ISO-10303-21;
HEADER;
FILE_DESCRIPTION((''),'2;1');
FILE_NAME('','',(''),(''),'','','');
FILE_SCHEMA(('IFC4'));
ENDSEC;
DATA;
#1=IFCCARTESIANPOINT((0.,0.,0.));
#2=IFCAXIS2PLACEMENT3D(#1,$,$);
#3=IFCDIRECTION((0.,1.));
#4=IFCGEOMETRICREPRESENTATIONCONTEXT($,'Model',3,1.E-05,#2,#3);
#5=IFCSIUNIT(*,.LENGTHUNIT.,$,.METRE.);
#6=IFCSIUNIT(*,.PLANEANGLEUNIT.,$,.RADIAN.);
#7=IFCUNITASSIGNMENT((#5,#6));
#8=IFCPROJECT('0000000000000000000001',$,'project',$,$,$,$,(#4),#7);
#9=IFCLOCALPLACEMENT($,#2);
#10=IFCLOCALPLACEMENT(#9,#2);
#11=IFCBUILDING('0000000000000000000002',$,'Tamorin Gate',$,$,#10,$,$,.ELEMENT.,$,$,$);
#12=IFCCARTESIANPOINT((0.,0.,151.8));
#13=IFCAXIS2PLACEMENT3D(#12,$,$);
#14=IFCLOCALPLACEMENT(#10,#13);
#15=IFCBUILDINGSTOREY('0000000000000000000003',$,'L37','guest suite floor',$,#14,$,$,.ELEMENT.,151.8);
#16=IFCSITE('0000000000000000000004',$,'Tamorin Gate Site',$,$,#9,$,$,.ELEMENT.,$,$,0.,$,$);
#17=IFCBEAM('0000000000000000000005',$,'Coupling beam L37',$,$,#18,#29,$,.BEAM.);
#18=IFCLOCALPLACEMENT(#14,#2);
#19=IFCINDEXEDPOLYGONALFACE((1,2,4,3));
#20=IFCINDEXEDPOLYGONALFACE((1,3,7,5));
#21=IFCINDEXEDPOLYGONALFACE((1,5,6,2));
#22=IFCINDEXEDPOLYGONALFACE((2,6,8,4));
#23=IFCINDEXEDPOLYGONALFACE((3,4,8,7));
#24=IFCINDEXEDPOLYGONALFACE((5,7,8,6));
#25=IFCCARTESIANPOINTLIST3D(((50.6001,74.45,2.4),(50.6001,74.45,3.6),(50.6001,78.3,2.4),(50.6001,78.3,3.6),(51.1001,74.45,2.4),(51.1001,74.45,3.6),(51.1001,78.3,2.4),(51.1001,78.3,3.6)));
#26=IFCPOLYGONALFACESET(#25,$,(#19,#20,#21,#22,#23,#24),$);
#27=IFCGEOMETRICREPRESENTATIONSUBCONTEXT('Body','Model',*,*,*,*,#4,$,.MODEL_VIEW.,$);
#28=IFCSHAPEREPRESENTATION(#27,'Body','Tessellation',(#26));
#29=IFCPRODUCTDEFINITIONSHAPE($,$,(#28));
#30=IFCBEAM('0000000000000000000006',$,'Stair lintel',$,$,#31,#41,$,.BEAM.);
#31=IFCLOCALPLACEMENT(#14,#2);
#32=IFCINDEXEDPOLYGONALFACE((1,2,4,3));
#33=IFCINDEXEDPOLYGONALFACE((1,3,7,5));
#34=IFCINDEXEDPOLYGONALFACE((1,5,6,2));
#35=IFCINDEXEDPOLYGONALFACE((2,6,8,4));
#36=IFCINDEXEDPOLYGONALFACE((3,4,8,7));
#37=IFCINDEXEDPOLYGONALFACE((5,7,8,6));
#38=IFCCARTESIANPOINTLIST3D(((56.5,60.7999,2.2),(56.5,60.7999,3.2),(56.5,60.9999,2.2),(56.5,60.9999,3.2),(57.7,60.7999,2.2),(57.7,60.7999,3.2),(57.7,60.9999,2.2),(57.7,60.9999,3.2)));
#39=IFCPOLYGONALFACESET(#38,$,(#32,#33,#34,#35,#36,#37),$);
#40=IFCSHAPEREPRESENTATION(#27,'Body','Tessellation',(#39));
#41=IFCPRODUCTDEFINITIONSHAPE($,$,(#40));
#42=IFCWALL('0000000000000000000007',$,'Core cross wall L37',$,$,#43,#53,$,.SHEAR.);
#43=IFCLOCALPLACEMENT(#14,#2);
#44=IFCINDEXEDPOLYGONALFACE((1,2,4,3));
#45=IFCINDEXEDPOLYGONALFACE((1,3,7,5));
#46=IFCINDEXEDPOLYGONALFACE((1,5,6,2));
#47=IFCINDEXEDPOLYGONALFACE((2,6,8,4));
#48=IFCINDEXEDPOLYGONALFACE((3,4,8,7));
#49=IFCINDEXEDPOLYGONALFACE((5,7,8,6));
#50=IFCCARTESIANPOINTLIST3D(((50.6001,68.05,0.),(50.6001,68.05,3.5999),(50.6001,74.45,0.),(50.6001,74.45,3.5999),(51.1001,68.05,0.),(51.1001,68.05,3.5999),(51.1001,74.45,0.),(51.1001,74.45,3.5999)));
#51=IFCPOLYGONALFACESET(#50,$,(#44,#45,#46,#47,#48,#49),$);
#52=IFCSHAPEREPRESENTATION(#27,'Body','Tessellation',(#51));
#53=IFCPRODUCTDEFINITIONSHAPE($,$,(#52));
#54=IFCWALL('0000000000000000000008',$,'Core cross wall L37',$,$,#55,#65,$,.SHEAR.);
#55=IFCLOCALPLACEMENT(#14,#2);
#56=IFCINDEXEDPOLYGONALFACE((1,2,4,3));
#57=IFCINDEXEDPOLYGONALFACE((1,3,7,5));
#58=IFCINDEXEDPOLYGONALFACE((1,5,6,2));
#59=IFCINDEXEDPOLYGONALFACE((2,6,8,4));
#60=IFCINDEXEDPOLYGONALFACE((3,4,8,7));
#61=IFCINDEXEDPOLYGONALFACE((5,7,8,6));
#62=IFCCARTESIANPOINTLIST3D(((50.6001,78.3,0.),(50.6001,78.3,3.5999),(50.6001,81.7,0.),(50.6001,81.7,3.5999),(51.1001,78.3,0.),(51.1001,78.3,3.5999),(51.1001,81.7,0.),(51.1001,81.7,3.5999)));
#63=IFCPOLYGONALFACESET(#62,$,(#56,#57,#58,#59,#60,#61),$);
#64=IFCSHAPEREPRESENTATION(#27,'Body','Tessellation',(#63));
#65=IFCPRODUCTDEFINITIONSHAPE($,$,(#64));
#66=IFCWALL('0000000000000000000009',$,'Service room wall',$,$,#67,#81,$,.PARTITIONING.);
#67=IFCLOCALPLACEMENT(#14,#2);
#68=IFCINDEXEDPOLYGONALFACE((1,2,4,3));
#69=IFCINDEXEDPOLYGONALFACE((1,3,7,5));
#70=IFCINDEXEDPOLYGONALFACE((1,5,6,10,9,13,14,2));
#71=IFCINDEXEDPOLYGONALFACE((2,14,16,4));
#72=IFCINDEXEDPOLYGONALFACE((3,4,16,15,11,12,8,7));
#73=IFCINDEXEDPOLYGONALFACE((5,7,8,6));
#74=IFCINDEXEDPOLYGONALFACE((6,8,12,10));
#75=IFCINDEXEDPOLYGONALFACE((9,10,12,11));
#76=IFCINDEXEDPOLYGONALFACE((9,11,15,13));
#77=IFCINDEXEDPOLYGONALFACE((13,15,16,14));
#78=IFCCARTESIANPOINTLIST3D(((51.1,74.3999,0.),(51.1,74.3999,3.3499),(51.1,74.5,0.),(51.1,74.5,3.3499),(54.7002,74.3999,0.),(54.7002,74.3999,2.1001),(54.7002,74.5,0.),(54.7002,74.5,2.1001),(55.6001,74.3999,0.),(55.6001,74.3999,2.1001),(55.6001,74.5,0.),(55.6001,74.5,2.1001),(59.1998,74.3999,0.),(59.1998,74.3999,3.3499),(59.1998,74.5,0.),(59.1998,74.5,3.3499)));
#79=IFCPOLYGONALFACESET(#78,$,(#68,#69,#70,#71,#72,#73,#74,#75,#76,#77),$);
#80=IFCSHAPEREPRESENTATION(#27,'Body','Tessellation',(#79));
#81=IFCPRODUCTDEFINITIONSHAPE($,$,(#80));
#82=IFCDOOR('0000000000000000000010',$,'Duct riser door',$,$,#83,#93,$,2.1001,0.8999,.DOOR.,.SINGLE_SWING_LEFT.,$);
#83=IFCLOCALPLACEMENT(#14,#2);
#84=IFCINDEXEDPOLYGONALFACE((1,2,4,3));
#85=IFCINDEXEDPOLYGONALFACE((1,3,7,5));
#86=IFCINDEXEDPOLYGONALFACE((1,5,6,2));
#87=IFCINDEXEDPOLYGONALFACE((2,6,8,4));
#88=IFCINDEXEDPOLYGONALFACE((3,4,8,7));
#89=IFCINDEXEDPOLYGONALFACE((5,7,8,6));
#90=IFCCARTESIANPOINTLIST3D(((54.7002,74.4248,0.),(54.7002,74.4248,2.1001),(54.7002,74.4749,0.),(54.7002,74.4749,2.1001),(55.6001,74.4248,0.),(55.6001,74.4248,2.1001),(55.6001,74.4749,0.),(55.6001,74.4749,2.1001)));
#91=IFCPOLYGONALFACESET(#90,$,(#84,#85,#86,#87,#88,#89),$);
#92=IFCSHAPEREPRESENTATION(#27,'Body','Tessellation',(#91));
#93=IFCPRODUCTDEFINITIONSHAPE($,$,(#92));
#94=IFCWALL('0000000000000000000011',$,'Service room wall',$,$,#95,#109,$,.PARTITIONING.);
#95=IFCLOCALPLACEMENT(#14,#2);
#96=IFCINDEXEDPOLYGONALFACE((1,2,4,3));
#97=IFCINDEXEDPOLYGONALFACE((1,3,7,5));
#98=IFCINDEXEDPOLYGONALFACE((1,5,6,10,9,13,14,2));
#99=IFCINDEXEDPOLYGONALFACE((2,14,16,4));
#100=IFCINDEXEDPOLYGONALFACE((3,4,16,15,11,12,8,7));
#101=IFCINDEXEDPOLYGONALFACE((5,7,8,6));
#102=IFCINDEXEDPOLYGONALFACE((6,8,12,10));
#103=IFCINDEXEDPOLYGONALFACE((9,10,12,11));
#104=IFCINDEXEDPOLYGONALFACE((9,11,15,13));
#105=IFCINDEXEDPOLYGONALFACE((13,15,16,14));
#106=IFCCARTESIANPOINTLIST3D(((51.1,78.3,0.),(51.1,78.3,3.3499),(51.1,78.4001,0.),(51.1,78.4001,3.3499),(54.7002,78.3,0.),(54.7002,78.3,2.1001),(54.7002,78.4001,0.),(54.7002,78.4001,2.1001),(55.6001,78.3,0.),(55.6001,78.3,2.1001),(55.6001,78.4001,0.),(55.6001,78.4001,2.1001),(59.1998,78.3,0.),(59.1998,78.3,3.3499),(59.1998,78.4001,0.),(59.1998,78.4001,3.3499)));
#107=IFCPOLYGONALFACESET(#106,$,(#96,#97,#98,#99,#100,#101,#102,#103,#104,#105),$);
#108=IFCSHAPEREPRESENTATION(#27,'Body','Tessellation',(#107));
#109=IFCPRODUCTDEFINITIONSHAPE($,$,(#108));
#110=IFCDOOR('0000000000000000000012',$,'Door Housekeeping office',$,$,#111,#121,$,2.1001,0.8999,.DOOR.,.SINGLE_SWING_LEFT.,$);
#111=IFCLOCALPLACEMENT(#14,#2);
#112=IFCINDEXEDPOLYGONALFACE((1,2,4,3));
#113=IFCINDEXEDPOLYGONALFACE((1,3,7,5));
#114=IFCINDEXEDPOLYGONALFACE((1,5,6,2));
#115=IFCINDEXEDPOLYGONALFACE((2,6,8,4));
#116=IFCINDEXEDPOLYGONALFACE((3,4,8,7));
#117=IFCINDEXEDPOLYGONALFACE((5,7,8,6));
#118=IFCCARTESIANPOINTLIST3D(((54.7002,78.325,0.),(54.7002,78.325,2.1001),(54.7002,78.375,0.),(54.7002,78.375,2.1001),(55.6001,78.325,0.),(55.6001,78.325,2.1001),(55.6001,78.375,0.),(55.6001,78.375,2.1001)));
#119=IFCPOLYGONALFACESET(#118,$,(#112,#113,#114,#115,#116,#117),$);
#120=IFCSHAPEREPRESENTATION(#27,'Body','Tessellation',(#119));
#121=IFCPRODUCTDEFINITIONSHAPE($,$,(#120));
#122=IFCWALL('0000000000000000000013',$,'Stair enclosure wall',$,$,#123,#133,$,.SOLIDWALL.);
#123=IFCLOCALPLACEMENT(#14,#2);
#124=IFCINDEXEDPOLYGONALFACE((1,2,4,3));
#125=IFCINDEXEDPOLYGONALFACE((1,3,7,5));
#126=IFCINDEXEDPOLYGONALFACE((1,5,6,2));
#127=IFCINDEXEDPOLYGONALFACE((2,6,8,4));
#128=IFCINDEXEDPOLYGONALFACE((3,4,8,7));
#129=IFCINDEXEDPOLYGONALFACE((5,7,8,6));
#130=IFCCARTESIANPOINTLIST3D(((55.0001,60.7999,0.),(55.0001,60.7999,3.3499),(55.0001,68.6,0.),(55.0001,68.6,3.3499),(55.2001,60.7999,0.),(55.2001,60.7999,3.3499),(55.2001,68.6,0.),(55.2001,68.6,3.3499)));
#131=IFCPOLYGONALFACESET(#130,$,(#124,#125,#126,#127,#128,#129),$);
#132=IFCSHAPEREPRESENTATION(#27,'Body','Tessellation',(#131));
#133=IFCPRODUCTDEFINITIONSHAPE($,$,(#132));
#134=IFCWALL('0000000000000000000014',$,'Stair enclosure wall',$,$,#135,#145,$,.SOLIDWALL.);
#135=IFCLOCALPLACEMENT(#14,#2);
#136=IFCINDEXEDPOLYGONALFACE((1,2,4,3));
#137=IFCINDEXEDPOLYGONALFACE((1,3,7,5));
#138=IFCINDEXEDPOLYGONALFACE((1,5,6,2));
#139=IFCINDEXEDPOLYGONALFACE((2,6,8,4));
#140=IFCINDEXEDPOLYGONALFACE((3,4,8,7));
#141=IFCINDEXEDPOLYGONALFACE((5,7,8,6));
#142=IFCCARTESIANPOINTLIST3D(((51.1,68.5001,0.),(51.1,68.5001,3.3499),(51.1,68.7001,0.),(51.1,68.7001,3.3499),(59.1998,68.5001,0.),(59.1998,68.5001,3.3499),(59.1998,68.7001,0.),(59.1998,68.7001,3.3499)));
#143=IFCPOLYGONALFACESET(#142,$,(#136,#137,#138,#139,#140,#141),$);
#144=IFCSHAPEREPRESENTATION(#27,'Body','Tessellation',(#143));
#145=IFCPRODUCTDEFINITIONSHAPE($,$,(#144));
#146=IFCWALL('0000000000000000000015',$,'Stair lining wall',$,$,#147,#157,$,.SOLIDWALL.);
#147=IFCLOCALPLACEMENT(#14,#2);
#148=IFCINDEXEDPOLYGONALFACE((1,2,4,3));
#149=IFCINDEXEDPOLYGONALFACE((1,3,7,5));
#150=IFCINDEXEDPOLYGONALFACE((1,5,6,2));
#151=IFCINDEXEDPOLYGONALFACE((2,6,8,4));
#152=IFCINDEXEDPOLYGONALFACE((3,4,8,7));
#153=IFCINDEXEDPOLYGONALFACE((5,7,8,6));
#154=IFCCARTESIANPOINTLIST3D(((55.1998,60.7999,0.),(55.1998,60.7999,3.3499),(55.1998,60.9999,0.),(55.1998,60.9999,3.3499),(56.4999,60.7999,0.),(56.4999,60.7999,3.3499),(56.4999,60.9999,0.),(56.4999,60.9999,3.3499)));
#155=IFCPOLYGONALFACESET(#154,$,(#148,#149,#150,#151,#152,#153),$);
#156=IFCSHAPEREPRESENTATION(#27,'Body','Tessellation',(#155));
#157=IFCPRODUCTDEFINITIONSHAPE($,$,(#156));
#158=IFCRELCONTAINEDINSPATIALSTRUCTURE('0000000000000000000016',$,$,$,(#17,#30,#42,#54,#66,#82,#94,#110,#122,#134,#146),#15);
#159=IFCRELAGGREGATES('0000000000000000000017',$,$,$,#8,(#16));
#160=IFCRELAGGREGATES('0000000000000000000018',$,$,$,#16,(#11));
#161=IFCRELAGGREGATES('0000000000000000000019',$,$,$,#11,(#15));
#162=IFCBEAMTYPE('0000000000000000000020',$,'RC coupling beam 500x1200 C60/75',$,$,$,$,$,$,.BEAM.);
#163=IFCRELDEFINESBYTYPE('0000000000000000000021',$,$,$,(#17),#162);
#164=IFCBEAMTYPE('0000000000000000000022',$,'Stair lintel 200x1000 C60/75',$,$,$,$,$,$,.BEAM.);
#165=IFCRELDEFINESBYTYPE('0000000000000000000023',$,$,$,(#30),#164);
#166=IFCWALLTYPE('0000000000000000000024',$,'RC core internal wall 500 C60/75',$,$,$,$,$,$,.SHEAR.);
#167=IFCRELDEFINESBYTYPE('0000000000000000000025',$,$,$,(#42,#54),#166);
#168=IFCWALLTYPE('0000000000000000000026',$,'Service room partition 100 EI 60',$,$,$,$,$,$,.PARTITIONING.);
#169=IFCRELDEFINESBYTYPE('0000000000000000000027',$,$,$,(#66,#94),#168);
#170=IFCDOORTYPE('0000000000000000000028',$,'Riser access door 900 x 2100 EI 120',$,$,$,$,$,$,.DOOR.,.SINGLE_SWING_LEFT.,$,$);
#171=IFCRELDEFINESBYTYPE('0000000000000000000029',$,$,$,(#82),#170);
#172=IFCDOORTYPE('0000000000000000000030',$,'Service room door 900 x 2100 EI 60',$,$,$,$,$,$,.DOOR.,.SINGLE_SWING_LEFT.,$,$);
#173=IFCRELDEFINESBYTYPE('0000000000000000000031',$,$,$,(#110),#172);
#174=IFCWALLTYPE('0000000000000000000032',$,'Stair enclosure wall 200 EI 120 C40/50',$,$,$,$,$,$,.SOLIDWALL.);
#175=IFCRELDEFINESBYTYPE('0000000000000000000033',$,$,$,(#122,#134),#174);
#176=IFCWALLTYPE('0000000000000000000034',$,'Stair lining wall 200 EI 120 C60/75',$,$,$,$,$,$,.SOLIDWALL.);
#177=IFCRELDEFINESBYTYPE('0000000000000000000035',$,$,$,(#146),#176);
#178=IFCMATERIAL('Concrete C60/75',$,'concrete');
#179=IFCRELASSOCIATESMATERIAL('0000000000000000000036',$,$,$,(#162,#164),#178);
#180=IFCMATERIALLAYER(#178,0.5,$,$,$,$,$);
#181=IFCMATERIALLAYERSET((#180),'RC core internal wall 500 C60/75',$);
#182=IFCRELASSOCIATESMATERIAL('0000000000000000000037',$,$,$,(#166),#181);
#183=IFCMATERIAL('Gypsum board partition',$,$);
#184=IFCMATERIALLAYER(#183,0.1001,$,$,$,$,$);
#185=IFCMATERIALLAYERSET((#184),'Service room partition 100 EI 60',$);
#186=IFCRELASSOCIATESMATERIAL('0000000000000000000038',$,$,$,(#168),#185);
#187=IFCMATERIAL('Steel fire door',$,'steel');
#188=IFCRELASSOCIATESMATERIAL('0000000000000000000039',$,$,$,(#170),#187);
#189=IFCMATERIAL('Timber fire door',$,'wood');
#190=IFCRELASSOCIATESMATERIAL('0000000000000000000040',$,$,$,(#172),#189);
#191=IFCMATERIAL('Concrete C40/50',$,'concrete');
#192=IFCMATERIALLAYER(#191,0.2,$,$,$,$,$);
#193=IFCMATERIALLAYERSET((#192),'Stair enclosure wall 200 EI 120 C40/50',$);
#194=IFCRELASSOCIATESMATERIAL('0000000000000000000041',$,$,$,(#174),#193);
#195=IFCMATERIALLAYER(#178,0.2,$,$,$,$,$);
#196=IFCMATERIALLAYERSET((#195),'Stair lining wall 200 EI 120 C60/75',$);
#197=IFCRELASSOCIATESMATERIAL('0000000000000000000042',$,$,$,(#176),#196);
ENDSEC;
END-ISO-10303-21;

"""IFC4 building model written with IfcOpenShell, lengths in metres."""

from ifc_helpers import new_model, si_unit, direction, frame, frame_2d, origin, origin_2d, place, context, subcontext, project, spatial, rectangle, extrude, material, layer, layer_set, material_profile, profile_set, type_object, element, fill, save


model = new_model("IFC4")

# Units and contexts
model_context = context("Model", 3, precision=1e-05, world=origin(), true_north=direction((0.0, 1.0)))
body_context = subcontext(model_context, "Body", "Model", "MODEL_VIEW")
ifc_project = project(units=[si_unit("LENGTHUNIT", "METRE"), si_unit("PLANEANGLEUNIT", "RADIAN")], contexts=[model_context])

# Site, building, storey
site_placement = place(None, origin())
site = spatial("IfcSite", under=ifc_project, at=site_placement, Name="Tamorin Gate Site", CompositionType="ELEMENT", RefElevation=0.0)
building_placement = place(site_placement, origin())
building = spatial("IfcBuilding", under=site, at=building_placement, Name="Tamorin Gate", CompositionType="ELEMENT")
storey_placement = place(building_placement, frame((0.0, 0.0, 151.8)))
storey = spatial("IfcBuildingStorey", under=building, at=storey_placement, Name="L37", Description="guest suite floor", CompositionType="ELEMENT", Elevation=151.8)

# Beams
ifc_material_1 = material(Name="Concrete C60/75", Category="concrete")
ifc_material_profile_1 = material_profile(ifc_material_1, rectangle(XDim=0.5, YDim=1.2, at=origin_2d()), Name="RC 500x1200")
ifc_profile_set_1 = profile_set([ifc_material_profile_1], Name="Concrete C60/75")
beam_type_1 = type_object("IfcBeamType", Name="RC coupling beam 500x1200 C60/75", PredefinedType="BEAM", material=ifc_profile_set_1)
beam_1_placement = place(storey_placement, frame((50.8501, 74.45, 3.0), z_axis=(0.0, 1.0, 0.0), x_axis=(-1.0, 0.0, 0.0)))
element("IfcBeam", 1, at=beam_1_placement, inside=storey, type_object=beam_type_1, Name="Coupling beam L37", PredefinedType="BEAM", context=body_context, shape_type="SweptSolid", body=[
    extrude(rectangle(XDim=0.5, YDim=1.2, at=origin_2d()), origin(), (0.0, 0.0, 1.0), 3.8501),
])
ifc_material_profile_2 = material_profile(ifc_material_1, rectangle(XDim=0.2, YDim=1.0, at=origin_2d()))
ifc_profile_set_2 = profile_set([ifc_material_profile_2], Name="Concrete C60/75")
beam_type_2 = type_object("IfcBeamType", Name="Stair lintel 200x1000 C60/75", PredefinedType="BEAM", material=ifc_profile_set_2)
beam_2_placement = place(storey_placement, frame((56.5, 60.8999, 2.7), z_axis=(1.0, 0.0, 0.0), x_axis=(0.0, 1.0, 0.0)))
element("IfcBeam", 2, at=beam_2_placement, inside=storey, type_object=beam_type_2, Name="Stair lintel", PredefinedType="BEAM", context=body_context, shape_type="SweptSolid", body=[
    extrude(rectangle(XDim=0.2, YDim=1.0, at=origin_2d()), origin(), (0.0, 0.0, 1.0), 1.2),
])

# Walls
ifc_layer_1 = layer(ifc_material_1, 0.5)
ifc_layer_set_1 = layer_set([ifc_layer_1], Name="RC core internal wall 500 C60/75")
wall_type_1 = type_object("IfcWallType", Name="RC core internal wall 500 C60/75", PredefinedType="SHEAR", material=ifc_layer_set_1)
wall_1_placement = place(storey_placement, frame((50.8501, 68.05, 0.0), z_axis=(0.0, 0.0, 1.0), x_axis=(0.0, 1.0, 0.0)))
element("IfcWall", 3, at=wall_1_placement, inside=storey, type_object=wall_type_1, Name="Core cross wall L37", PredefinedType="SHEAR", context=body_context, shape_type="SweptSolid", body=[
    extrude(rectangle(XDim=6.3999, YDim=0.5, at=frame_2d((3.2, 0.0))), origin(), (0.0, 0.0, 1.0), 3.5999),
])
wall_2_placement = place(storey_placement, frame((50.8501, 78.3, 0.0), z_axis=(0.0, 0.0, 1.0), x_axis=(0.0, 1.0, 0.0)))
element("IfcWall", 4, at=wall_2_placement, inside=storey, type_object=wall_type_1, Name="Core cross wall L37", PredefinedType="SHEAR", context=body_context, shape_type="SweptSolid", body=[
    extrude(rectangle(XDim=3.3999, YDim=0.5, at=frame_2d((1.7, 0.0))), origin(), (0.0, 0.0, 1.0), 3.5999),
])

# Walls, openings, doors
ifc_material_2 = material(Name="Gypsum board partition")
ifc_layer_2 = layer(ifc_material_2, 0.1001)
ifc_layer_set_2 = layer_set([ifc_layer_2], Name="Service room partition 100 EI 60")
wall_type_2 = type_object("IfcWallType", Name="Service room partition 100 EI 60", PredefinedType="PARTITIONING", material=ifc_layer_set_2)
wall_3_placement = place(storey_placement, frame((51.1001, 74.45, 0.0), z_axis=(0.0, 0.0, 1.0), x_axis=(1.0, 0.0, 0.0)))
wall_3 = element("IfcWall", 5, at=wall_3_placement, inside=storey, type_object=wall_type_2, Name="Service room wall", PredefinedType="PARTITIONING", context=body_context, shape_type="SweptSolid", body=[
    extrude(rectangle(XDim=8.0999, YDim=0.1001, at=frame_2d((4.0498, 0.0))), origin(), (0.0, 0.0, 1.0), 3.3499),
])
opening_1_placement = place(wall_3_placement, frame((3.6001, 0.0, 0.0)))
opening_1 = element("IfcOpeningElement", 6, at=opening_1_placement, cuts=wall_3, PredefinedType="OPENING", context=body_context, shape_type="SweptSolid", body=[
    extrude(rectangle(XDim=0.8999, YDim=2.1001, at=frame_2d((0.45, 1.05))), frame((0.0, 0.0601, 0.0), z_axis=(0.0, -1.0, 0.0), x_axis=(1.0, 0.0, 0.0)), (0.0, 0.0, 1.0), 0.1201),
])
ifc_material_3 = material(Name="Steel fire door", Category="steel")
door_type_1 = type_object("IfcDoorType", Name="Riser access door 900 x 2100 EI 120", OperationType="SINGLE_SWING_LEFT", PredefinedType="DOOR", material=ifc_material_3)
door_1_placement = place(opening_1_placement, origin())
door_1 = element("IfcDoor", 7, at=door_1_placement, inside=storey, type_object=door_type_1, Name="Duct riser door", OperationType="SINGLE_SWING_LEFT", OverallHeight=2.1001, OverallWidth=0.8999, PredefinedType="DOOR", context=body_context, shape_type="SweptSolid", body=[
    extrude(rectangle(XDim=0.8999, YDim=2.1001, at=frame_2d((0.45, 1.05))), frame((0.0, 0.0249, 0.0), z_axis=(0.0, -1.0, 0.0), x_axis=(1.0, 0.0, 0.0)), (0.0, 0.0, 1.0), 0.05),
])
fill(opening_1, door_1)
wall_4_placement = place(storey_placement, frame((51.1001, 78.3501, 0.0), z_axis=(0.0, 0.0, 1.0), x_axis=(1.0, 0.0, 0.0)))
wall_4 = element("IfcWall", 8, at=wall_4_placement, inside=storey, type_object=wall_type_2, Name="Service room wall", PredefinedType="PARTITIONING", context=body_context, shape_type="SweptSolid", body=[
    extrude(rectangle(XDim=8.0999, YDim=0.1001, at=frame_2d((4.0498, 0.0))), origin(), (0.0, 0.0, 1.0), 3.3499),
])
opening_2_placement = place(wall_4_placement, frame((3.6001, 0.0, 0.0)))
opening_2 = element("IfcOpeningElement", 9, at=opening_2_placement, cuts=wall_4, PredefinedType="OPENING", context=body_context, shape_type="SweptSolid", body=[
    extrude(rectangle(XDim=0.8999, YDim=2.1001, at=frame_2d((0.45, 1.05))), frame((0.0, 0.0601, 0.0), z_axis=(0.0, -1.0, 0.0), x_axis=(1.0, 0.0, 0.0)), (0.0, 0.0, 1.0), 0.1201),
])
ifc_material_4 = material(Name="Timber fire door", Category="wood")
door_type_2 = type_object("IfcDoorType", Name="Service room door 900 x 2100 EI 60", OperationType="SINGLE_SWING_LEFT", PredefinedType="DOOR", material=ifc_material_4)
door_2_placement = place(opening_2_placement, origin())
door_2 = element("IfcDoor", 10, at=door_2_placement, inside=storey, type_object=door_type_2, Name="Door Housekeeping office", OperationType="SINGLE_SWING_LEFT", OverallHeight=2.1001, OverallWidth=0.8999, PredefinedType="DOOR", context=body_context, shape_type="SweptSolid", body=[
    extrude(rectangle(XDim=0.8999, YDim=2.1001, at=frame_2d((0.45, 1.05))), frame((0.0, 0.0249, 0.0), z_axis=(0.0, -1.0, 0.0), x_axis=(1.0, 0.0, 0.0)), (0.0, 0.0, 1.0), 0.05),
])
fill(opening_2, door_2)

# Walls
ifc_material_5 = material(Name="Concrete C40/50", Category="concrete")
ifc_layer_3 = layer(ifc_material_5, 0.2)
ifc_layer_set_3 = layer_set([ifc_layer_3], Name="Stair enclosure wall 200 EI 120 C40/50")
wall_type_3 = type_object("IfcWallType", Name="Stair enclosure wall 200 EI 120 C40/50", PredefinedType="SOLIDWALL", material=ifc_layer_set_3)
wall_5_placement = place(storey_placement, frame((55.1001, 60.8, 0.0), z_axis=(0.0, 0.0, 1.0), x_axis=(0.0, 1.0, 0.0)))
element("IfcWall", 11, at=wall_5_placement, inside=storey, type_object=wall_type_3, Name="Stair enclosure wall", PredefinedType="SOLIDWALL", context=body_context, shape_type="SweptSolid", body=[
    extrude(rectangle(XDim=7.8, YDim=0.2, at=frame_2d((3.8999, 0.0))), origin(), (0.0, 0.0, 1.0), 3.3499),
])
wall_6_placement = place(storey_placement, frame((51.1001, 68.6001, 0.0), z_axis=(0.0, 0.0, 1.0), x_axis=(1.0, 0.0, 0.0)))
element("IfcWall", 12, at=wall_6_placement, inside=storey, type_object=wall_type_3, Name="Stair enclosure wall", PredefinedType="SOLIDWALL", context=body_context, shape_type="SweptSolid", body=[
    extrude(rectangle(XDim=8.0999, YDim=0.2, at=frame_2d((4.0498, 0.0))), origin(), (0.0, 0.0, 1.0), 3.3499),
])
ifc_layer_4 = layer(ifc_material_1, 0.2)
ifc_layer_set_4 = layer_set([ifc_layer_4], Name="Stair lining wall 200 EI 120 C60/75")
wall_type_4 = type_object("IfcWallType", Name="Stair lining wall 200 EI 120 C60/75", PredefinedType="SOLIDWALL", material=ifc_layer_set_4)
wall_7_placement = place(storey_placement, frame((55.2, 60.8999, 0.0), z_axis=(0.0, 0.0, 1.0), x_axis=(1.0, 0.0, 0.0)))
element("IfcWall", 13, at=wall_7_placement, inside=storey, type_object=wall_type_4, Name="Stair lining wall", PredefinedType="SOLIDWALL", context=body_context, shape_type="SweptSolid", body=[
    extrude(rectangle(XDim=1.3, YDim=0.2, at=frame_2d((0.6499, 0.0))), origin(), (0.0, 0.0, 1.0), 3.3499),
])

save(model, "model.ifc")
